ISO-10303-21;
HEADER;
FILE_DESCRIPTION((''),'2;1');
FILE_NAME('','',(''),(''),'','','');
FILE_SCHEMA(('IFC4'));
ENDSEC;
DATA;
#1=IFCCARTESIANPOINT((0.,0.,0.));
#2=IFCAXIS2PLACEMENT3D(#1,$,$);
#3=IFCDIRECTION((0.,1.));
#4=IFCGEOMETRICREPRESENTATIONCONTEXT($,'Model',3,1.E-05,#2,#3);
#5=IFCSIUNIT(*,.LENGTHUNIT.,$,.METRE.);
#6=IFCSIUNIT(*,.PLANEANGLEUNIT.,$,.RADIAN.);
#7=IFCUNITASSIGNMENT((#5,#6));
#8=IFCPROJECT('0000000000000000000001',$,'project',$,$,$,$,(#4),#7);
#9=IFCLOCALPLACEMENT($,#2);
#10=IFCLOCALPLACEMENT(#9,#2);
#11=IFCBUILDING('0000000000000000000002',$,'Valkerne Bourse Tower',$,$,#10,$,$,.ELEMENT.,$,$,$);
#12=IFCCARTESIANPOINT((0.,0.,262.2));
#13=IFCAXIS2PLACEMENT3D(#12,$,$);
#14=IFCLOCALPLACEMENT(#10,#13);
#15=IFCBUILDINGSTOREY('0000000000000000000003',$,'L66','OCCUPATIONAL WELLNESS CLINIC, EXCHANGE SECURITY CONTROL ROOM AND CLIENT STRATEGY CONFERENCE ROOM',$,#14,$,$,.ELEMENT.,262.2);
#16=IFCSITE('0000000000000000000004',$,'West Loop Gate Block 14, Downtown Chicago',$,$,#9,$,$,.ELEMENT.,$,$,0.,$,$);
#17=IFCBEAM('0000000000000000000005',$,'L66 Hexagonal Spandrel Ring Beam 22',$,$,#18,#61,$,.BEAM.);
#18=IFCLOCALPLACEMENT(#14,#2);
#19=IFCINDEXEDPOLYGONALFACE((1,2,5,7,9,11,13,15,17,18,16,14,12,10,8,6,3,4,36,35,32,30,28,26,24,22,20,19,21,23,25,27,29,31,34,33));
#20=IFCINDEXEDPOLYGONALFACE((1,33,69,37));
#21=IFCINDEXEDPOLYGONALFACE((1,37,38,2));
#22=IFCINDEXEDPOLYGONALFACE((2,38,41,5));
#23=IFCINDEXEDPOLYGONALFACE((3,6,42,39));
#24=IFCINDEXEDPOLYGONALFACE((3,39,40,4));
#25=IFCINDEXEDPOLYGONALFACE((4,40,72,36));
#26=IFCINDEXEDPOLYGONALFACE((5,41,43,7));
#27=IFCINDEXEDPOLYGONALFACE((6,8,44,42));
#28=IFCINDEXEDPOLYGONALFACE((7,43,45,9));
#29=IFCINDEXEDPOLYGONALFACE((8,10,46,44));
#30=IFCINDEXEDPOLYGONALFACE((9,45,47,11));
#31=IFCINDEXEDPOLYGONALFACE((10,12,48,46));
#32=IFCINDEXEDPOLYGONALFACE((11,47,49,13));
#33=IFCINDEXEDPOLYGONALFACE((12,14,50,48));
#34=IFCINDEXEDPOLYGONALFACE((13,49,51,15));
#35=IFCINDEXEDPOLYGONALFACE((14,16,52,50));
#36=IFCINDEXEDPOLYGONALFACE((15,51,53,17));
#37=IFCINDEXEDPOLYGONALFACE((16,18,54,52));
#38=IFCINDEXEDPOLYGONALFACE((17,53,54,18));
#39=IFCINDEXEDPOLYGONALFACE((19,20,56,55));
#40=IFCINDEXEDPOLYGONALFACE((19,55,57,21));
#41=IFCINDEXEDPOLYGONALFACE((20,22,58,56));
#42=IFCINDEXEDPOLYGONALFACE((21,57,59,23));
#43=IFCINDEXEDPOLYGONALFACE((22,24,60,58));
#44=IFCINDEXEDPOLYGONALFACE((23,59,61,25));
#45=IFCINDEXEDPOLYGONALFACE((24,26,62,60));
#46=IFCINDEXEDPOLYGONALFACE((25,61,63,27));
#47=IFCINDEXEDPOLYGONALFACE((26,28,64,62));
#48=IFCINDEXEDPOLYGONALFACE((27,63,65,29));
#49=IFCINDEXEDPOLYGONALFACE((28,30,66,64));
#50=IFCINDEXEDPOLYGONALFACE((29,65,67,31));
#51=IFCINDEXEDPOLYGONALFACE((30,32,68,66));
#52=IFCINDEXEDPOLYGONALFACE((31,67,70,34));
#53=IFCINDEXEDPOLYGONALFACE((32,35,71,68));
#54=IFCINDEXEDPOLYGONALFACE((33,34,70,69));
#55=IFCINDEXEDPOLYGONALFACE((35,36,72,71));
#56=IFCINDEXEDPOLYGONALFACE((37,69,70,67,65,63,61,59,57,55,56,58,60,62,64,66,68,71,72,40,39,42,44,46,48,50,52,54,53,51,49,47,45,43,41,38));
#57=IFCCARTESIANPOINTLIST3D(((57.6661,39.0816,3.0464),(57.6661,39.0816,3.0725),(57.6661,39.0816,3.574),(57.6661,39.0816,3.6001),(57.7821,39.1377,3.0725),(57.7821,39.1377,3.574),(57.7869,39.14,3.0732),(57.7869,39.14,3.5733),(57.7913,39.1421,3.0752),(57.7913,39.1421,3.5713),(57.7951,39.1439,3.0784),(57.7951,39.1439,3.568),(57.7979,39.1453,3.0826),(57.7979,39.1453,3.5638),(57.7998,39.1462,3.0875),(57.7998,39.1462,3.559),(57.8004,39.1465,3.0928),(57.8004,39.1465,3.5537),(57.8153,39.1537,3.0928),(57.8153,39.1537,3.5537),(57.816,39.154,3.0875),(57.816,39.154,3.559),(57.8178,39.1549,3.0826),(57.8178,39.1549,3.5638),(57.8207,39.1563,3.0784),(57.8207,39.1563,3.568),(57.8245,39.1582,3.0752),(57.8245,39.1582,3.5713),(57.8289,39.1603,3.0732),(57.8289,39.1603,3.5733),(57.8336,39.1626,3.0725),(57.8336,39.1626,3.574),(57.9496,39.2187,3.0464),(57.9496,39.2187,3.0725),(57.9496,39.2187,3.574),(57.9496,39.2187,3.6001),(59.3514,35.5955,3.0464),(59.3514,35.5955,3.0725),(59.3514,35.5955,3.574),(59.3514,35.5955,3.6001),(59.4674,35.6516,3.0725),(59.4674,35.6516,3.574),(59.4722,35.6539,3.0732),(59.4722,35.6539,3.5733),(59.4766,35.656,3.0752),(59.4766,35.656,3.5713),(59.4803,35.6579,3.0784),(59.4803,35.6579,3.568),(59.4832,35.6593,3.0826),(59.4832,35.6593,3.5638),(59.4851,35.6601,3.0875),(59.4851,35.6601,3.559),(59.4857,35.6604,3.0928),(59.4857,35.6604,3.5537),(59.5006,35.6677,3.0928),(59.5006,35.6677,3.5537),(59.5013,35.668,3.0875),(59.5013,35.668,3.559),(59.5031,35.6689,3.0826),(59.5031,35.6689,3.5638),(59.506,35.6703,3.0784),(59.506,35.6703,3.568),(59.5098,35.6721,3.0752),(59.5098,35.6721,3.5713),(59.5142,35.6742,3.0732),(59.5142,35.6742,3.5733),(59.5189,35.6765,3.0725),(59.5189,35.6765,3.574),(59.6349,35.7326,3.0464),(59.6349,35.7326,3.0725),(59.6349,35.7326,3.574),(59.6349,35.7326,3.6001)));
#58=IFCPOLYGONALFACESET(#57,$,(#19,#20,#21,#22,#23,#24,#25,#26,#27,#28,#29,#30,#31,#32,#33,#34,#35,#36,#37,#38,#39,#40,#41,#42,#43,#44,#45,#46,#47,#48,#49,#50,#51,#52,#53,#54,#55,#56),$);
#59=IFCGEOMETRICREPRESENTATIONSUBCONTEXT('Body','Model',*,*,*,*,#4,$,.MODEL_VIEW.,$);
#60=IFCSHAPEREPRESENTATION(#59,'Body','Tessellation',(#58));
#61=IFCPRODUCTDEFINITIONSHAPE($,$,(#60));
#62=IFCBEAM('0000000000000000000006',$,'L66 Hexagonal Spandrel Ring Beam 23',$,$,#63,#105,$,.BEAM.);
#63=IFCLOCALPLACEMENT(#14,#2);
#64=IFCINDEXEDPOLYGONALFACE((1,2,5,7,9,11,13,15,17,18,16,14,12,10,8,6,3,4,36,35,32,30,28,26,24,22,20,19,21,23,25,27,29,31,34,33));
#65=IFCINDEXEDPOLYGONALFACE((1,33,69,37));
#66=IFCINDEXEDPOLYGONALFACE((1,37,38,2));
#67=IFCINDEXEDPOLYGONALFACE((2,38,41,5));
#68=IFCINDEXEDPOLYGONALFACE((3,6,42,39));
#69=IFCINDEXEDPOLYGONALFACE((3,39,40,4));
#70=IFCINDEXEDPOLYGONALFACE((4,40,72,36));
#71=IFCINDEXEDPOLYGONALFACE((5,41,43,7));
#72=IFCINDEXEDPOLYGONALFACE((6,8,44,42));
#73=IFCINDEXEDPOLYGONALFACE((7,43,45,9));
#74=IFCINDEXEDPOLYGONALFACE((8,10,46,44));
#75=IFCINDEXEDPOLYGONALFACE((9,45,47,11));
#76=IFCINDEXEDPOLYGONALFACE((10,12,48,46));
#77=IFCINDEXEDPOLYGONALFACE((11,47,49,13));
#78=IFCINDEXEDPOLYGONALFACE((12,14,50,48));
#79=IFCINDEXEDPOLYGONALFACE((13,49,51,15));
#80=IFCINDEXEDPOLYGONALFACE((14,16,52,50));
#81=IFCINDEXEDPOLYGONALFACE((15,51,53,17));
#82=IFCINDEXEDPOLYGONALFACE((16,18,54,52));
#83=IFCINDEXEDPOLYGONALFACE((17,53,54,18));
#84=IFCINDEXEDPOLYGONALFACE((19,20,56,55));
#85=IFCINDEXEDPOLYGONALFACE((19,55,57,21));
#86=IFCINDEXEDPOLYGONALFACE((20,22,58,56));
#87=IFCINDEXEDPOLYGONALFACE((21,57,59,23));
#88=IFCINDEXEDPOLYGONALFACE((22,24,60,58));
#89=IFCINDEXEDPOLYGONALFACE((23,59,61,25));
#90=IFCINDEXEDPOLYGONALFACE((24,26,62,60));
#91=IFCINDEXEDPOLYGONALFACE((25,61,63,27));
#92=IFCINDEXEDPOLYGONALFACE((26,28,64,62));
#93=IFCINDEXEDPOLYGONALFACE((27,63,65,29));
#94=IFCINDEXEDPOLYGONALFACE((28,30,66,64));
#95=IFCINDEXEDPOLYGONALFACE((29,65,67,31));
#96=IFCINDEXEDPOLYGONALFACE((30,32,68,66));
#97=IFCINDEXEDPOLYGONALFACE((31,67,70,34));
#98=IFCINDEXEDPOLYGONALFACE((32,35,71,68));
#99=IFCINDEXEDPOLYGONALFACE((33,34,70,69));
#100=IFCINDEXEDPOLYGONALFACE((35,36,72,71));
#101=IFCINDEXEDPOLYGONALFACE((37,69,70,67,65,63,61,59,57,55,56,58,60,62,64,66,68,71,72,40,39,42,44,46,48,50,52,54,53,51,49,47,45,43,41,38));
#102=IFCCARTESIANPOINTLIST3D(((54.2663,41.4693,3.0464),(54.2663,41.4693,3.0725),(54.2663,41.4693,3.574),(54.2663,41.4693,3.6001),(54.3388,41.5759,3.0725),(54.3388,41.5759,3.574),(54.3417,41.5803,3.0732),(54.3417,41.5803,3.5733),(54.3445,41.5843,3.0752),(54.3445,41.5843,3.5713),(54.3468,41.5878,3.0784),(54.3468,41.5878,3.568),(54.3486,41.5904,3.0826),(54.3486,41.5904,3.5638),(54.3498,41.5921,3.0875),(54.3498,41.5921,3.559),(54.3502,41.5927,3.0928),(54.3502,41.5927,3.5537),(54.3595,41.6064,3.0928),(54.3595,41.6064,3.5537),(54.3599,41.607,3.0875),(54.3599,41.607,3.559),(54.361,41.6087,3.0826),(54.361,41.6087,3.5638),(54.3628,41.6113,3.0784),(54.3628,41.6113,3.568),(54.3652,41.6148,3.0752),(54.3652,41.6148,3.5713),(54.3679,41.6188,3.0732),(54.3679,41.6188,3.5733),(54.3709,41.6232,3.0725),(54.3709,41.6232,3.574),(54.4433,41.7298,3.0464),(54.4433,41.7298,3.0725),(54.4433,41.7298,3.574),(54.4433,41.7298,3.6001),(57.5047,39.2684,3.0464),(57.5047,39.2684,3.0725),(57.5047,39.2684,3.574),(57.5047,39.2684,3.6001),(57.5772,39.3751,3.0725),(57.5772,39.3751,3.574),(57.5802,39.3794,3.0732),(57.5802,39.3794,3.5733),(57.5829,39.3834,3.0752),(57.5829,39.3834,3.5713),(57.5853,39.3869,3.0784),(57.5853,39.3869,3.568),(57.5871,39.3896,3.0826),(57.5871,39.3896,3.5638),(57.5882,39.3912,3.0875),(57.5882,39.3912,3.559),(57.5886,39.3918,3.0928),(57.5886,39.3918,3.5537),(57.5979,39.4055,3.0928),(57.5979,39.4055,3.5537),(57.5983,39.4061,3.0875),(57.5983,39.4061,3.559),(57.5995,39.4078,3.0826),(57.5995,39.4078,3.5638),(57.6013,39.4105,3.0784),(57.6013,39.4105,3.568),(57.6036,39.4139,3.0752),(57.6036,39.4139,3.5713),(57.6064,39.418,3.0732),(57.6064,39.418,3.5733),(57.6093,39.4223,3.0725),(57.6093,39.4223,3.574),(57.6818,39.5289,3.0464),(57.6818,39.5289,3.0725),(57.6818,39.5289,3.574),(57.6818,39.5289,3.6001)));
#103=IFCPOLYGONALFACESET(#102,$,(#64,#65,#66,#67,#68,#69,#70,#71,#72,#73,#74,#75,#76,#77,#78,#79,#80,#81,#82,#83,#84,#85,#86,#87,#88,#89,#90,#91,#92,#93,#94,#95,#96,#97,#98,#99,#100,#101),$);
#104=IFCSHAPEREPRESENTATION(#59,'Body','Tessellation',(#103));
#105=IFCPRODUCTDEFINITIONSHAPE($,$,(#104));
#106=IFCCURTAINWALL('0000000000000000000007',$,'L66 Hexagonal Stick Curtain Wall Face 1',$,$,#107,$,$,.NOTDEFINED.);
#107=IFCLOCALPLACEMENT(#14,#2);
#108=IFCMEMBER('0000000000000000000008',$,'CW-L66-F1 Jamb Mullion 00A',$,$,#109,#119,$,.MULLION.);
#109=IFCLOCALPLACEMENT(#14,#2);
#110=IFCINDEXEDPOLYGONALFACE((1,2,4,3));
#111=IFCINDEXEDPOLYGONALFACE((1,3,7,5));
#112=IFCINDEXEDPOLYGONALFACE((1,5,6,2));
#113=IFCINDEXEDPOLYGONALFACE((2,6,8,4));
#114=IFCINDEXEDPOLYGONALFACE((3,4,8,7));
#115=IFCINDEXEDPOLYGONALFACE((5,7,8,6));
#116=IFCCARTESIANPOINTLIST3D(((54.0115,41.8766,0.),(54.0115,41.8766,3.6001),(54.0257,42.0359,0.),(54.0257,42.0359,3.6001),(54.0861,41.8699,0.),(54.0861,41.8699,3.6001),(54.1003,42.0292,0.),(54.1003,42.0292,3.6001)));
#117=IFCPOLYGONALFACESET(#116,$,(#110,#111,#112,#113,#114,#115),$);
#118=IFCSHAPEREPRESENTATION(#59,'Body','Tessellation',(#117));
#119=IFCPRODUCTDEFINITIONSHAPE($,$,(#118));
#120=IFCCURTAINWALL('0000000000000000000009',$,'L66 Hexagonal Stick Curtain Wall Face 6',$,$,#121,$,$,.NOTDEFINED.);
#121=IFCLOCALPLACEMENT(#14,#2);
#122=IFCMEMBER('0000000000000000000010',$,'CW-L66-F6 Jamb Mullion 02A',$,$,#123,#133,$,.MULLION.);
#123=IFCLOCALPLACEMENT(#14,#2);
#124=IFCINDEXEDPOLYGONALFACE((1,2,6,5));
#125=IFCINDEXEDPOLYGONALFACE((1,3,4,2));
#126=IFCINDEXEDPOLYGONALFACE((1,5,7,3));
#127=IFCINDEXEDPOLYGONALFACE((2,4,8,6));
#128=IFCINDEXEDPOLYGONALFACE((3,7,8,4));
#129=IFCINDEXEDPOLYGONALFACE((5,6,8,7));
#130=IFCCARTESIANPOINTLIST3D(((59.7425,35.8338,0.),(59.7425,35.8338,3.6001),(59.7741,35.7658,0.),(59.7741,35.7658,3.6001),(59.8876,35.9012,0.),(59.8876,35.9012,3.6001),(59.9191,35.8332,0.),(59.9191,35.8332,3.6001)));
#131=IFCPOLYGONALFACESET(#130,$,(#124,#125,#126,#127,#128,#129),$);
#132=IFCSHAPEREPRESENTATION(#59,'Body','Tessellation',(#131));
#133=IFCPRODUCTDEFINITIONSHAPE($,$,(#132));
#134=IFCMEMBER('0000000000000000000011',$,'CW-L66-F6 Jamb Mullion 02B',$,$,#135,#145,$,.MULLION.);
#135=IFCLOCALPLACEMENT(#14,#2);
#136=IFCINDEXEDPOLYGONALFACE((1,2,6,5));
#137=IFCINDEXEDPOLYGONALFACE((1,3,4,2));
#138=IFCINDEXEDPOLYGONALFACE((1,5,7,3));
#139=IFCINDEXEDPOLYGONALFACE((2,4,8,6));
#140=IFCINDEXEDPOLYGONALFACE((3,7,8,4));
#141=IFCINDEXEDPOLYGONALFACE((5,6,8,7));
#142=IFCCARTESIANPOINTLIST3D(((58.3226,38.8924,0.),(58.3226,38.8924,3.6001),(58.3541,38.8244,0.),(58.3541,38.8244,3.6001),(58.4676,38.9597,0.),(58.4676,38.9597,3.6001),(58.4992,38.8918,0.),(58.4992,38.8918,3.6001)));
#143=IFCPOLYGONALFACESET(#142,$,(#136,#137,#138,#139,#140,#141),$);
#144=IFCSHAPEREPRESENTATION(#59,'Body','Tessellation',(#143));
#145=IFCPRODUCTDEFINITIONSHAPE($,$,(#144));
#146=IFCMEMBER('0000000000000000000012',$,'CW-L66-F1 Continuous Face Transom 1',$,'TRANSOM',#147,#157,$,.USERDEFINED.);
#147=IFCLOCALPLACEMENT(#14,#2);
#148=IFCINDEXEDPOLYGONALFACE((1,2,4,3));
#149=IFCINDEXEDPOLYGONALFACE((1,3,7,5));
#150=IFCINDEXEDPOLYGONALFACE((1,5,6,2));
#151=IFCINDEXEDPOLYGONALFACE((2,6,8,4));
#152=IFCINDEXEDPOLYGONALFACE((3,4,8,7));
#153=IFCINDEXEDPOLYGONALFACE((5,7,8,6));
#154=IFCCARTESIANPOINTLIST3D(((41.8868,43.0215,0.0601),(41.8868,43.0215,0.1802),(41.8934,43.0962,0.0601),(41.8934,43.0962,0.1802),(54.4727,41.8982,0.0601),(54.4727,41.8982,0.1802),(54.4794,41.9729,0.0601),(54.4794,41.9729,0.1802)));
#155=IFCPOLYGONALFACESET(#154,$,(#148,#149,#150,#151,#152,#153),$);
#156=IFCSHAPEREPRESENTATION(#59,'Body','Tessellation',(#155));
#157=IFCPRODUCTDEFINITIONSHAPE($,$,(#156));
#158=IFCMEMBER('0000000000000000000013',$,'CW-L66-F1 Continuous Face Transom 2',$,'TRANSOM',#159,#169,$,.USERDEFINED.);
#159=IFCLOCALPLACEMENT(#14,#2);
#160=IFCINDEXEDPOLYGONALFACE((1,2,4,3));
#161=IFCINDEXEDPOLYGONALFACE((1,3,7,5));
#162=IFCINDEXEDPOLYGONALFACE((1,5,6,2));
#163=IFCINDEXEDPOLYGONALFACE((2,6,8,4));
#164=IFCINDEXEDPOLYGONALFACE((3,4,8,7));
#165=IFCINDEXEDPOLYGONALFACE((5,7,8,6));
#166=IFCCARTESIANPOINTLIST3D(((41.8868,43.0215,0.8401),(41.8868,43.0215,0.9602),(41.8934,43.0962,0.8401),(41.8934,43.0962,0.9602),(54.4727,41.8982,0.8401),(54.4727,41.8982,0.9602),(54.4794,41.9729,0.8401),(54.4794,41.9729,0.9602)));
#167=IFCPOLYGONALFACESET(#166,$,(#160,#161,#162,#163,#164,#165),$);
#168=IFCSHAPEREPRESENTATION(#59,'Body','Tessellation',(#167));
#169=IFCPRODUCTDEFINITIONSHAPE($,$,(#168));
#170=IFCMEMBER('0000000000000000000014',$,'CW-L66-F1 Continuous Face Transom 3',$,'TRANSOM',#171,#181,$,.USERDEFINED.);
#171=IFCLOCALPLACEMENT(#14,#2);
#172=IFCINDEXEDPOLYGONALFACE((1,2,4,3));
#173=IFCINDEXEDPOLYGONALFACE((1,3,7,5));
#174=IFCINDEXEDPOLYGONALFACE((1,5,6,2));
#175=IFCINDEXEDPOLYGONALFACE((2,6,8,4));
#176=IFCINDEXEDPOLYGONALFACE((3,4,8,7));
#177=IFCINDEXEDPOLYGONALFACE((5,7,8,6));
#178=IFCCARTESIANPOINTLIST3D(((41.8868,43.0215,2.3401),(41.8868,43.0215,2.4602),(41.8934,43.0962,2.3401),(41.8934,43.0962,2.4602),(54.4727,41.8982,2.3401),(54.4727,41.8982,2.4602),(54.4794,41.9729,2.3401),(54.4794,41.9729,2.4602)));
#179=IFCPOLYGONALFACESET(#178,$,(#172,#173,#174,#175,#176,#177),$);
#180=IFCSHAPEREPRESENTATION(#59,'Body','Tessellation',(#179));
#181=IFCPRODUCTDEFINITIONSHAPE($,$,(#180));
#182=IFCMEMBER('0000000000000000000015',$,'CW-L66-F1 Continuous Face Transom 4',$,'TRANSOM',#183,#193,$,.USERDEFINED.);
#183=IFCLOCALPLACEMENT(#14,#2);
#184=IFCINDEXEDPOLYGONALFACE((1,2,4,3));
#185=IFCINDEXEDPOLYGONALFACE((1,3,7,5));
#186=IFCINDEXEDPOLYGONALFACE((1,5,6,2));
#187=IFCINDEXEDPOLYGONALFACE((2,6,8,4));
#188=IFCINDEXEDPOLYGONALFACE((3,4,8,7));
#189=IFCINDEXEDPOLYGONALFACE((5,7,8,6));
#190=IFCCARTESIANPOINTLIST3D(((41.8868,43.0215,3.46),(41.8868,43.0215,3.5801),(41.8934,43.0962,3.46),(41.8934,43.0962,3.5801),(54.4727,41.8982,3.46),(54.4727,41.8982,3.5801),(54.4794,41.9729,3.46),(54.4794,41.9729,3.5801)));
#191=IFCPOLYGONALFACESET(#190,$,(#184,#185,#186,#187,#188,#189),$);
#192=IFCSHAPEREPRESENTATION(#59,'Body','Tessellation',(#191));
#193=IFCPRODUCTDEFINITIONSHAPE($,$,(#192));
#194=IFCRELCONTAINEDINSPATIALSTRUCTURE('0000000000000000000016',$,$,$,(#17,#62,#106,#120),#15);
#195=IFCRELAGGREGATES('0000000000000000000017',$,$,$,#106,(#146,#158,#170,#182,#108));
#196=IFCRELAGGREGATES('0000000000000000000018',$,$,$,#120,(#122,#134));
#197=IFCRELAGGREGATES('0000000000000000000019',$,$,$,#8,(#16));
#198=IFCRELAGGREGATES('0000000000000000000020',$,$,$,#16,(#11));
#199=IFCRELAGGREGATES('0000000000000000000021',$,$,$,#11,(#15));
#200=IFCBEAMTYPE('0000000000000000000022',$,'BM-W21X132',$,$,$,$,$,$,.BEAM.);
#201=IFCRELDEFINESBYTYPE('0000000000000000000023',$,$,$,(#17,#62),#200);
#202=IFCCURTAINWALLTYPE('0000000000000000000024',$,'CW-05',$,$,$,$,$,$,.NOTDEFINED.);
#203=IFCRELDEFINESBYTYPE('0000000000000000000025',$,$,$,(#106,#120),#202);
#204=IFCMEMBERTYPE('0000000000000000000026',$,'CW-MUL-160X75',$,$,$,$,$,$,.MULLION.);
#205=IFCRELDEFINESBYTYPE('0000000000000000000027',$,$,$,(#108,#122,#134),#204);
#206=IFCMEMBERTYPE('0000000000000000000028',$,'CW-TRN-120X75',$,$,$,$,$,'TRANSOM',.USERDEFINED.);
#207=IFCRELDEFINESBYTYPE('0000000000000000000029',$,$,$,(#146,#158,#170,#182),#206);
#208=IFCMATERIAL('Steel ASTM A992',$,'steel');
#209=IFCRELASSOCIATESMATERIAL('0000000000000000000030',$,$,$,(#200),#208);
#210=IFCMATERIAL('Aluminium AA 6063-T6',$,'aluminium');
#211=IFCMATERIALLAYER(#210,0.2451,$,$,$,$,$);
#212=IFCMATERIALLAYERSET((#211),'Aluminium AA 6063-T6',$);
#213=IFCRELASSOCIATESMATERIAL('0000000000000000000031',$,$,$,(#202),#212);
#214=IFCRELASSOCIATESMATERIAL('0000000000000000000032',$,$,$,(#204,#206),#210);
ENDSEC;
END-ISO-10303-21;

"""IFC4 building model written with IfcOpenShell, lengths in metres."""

from ifc_helpers import new_model, si_unit, direction, frame, origin, origin_2d, place, context, subcontext, project, spatial, rectangle, i_section, extrude, material, layer, layer_set, material_profile, profile_set, type_object, element, aggregate, save


model = new_model("IFC4")

# Units and contexts
model_context = context("Model", 3, precision=1e-05, world=origin(), true_north=direction((0.0, 1.0)))
body_context = subcontext(model_context, "Body", "Model", "MODEL_VIEW")
ifc_project = project(units=[si_unit("LENGTHUNIT", "METRE"), si_unit("PLANEANGLEUNIT", "RADIAN")], contexts=[model_context])

# Site, building, storey
site_placement = place(None, origin())
site = spatial("IfcSite", under=ifc_project, at=site_placement, Name="West Loop Gate Block 14, Downtown Chicago", CompositionType="ELEMENT", RefElevation=0.0)
building_placement = place(site_placement, origin())
building = spatial("IfcBuilding", under=site, at=building_placement, Name="Valkerne Bourse Tower", CompositionType="ELEMENT")
storey_placement = place(building_placement, frame((0.0, 0.0, 262.2)))
storey = spatial("IfcBuildingStorey", under=building, at=storey_placement, Name="L66", Description="OCCUPATIONAL WELLNESS CLINIC, EXCHANGE SECURITY CONTROL ROOM AND CLIENT STRATEGY CONFERENCE ROOM", CompositionType="ELEMENT", Elevation=262.2)

# Beams
ifc_material_1 = material(Name="Steel ASTM A992", Category="steel")
ifc_material_profile_1 = material_profile(ifc_material_1, i_section(OverallWidth=0.3149, OverallDepth=0.5537, WebThickness=0.0166, FlangeThickness=0.0261, FilletRadius=0.0203, at=origin_2d()), Name="W21X132")
ifc_profile_set_1 = profile_set([ifc_material_profile_1], Name="Steel ASTM A992")
beam_type = type_object("IfcBeamType", Name="BM-W21X132", PredefinedType="BEAM", material=ifc_profile_set_1)
for number, where, z_axis, x_axis, name in (
    (1, (59.4932, 35.6641, 3.3232), (-0.435244, 0.900312, 0.0), (-0.900312, -0.435244, 0.0), "L66 Hexagonal Spandrel Ring Beam 22"),
):
    element("IfcBeam", number, at=place(storey_placement, frame(where, z_axis=z_axis, x_axis=x_axis)), inside=storey, type_object=beam_type, Name=name, PredefinedType="BEAM", context=body_context, shape_type="SweptSolid", body=[
        extrude(i_section(OverallWidth=0.3149, OverallDepth=0.5537, WebThickness=0.0166, FlangeThickness=0.0261, FilletRadius=0.0203, at=origin_2d()), origin(), (0.0, 0.0, 1.0), 3.8721),
    ])
beam_placement = place(storey_placement, frame((57.5933, 39.3987, 3.3232), z_axis=(-0.827077, 0.562088, 0.0), x_axis=(-0.562088, -0.827077, 0.0)))
element("IfcBeam", 2, at=beam_placement, inside=storey, type_object=beam_type, Name="L66 Hexagonal Spandrel Ring Beam 23", PredefinedType="BEAM", context=body_context, shape_type="SweptSolid", body=[
    extrude(i_section(OverallWidth=0.3149, OverallDepth=0.5537, WebThickness=0.0166, FlangeThickness=0.0261, FilletRadius=0.0203, at=origin_2d()), origin(), (0.0, 0.0, 1.0), 3.9155),
])

# Curtain wall, member
ifc_material_2 = material(Name="Aluminium AA 6063-T6", Category="aluminium")
ifc_layer_1 = layer(ifc_material_2, 0.2451)
ifc_layer_set_1 = layer_set([ifc_layer_1], Name="Aluminium AA 6063-T6")
curtain_wall_type = type_object("IfcCurtainWallType", Name="CW-05", PredefinedType="NOTDEFINED", material=ifc_layer_set_1)
curtain_wall_1_placement = place(storey_placement, origin())
curtain_wall_1 = element("IfcCurtainWall", 3, at=curtain_wall_1_placement, inside=storey, type_object=curtain_wall_type, Name="L66 Hexagonal Stick Curtain Wall Face 1", PredefinedType="NOTDEFINED")
ifc_material_profile_2 = material_profile(ifc_material_2, rectangle(XDim=0.075, YDim=0.1599, at=origin_2d()), Name="CWM-75X160")
ifc_profile_set_2 = profile_set([ifc_material_profile_2], Name="Aluminium AA 6063-T6")
member_type_1 = type_object("IfcMemberType", Name="CW-MUL-160X75", PredefinedType="MULLION", material=ifc_profile_set_2)
member_1_placement = place(storey_placement, frame((54.0559, 41.9529, 0.0), z_axis=(0.0, 0.0, 1.0), x_axis=(-0.99604, 0.088911, 0.0)))
member_1 = element("IfcMember", 4, at=member_1_placement, type_object=member_type_1, Name="CW-L66-F1 Jamb Mullion 00A", PredefinedType="MULLION", context=body_context, shape_type="SweptSolid", body=[
    extrude(rectangle(XDim=0.075, YDim=0.1599, at=origin_2d()), origin(), (0.0, 0.0, 1.0), 3.6001),
])

# Curtain wall, members
curtain_wall_2_placement = place(storey_placement, origin())
curtain_wall_2 = element("IfcCurtainWall", 5, at=curtain_wall_2_placement, inside=storey, type_object=curtain_wall_type, Name="L66 Hexagonal Stick Curtain Wall Face 6", PredefinedType="NOTDEFINED")
member_2_placement = place(storey_placement, frame((59.8308, 35.8335, 0.0), z_axis=(0.0, 0.0, 1.0), x_axis=(-0.421042, 0.907041, 0.0)))
member_2 = element("IfcMember", 6, at=member_2_placement, type_object=member_type_1, Name="CW-L66-F6 Jamb Mullion 02A", PredefinedType="MULLION", context=body_context, shape_type="SweptSolid", body=[
    extrude(rectangle(XDim=0.075, YDim=0.1599, at=origin_2d()), origin(), (0.0, 0.0, 1.0), 3.6001),
])
member_3_placement = place(storey_placement, frame((58.4109, 38.8921, 0.0), z_axis=(0.0, 0.0, 1.0), x_axis=(-0.421042, 0.907041, 0.0)))
member_3 = element("IfcMember", 7, at=member_3_placement, type_object=member_type_1, Name="CW-L66-F6 Jamb Mullion 02B", PredefinedType="MULLION", context=body_context, shape_type="SweptSolid", body=[
    extrude(rectangle(XDim=0.075, YDim=0.1599, at=origin_2d()), origin(), (0.0, 0.0, 1.0), 3.6001),
])

# Members
ifc_material_profile_3 = material_profile(ifc_material_2, rectangle(XDim=0.075, YDim=0.1201, at=origin_2d()), Name="CWT-75X120")
ifc_profile_set_3 = profile_set([ifc_material_profile_3], Name="Aluminium AA 6063-T6")
member_type_2 = type_object("IfcMemberType", Name="CW-TRN-120X75", ElementType="TRANSOM", PredefinedType="USERDEFINED", material=ifc_profile_set_3)
member_4_placement = place(storey_placement, frame((54.4761, 41.9355, 0.1201), z_axis=(-0.996041, 0.088896, 0.0), x_axis=(-0.088896, -0.996041, 0.0)))
member_4 = element("IfcMember", 8, at=member_4_placement, type_object=member_type_2, Name="CW-L66-F1 Continuous Face Transom 1", ObjectType="TRANSOM", PredefinedType="USERDEFINED", context=body_context, shape_type="SweptSolid", body=[
    extrude(rectangle(XDim=0.075, YDim=0.1201, at=origin_2d()), origin(), (0.0, 0.0, 1.0), 12.636),
])
member_5_placement = place(storey_placement, frame((54.4761, 41.9355, 0.9001), z_axis=(-0.996041, 0.088896, 0.0), x_axis=(-0.088896, -0.996041, 0.0)))
member_5 = element("IfcMember", 9, at=member_5_placement, type_object=member_type_2, Name="CW-L66-F1 Continuous Face Transom 2", ObjectType="TRANSOM", PredefinedType="USERDEFINED", context=body_context, shape_type="SweptSolid", body=[
    extrude(rectangle(XDim=0.075, YDim=0.1201, at=origin_2d()), origin(), (0.0, 0.0, 1.0), 12.636),
])
member_6_placement = place(storey_placement, frame((54.4761, 41.9355, 2.4001), z_axis=(-0.996041, 0.088896, 0.0), x_axis=(-0.088896, -0.996041, 0.0)))
member_6 = element("IfcMember", 10, at=member_6_placement, type_object=member_type_2, Name="CW-L66-F1 Continuous Face Transom 3", ObjectType="TRANSOM", PredefinedType="USERDEFINED", context=body_context, shape_type="SweptSolid", body=[
    extrude(rectangle(XDim=0.075, YDim=0.1201, at=origin_2d()), origin(), (0.0, 0.0, 1.0), 12.636),
])
member_7_placement = place(storey_placement, frame((54.4761, 41.9355, 3.52), z_axis=(-0.996041, 0.088896, 0.0), x_axis=(-0.088896, -0.996041, 0.0)))
member_7 = element("IfcMember", 11, at=member_7_placement, type_object=member_type_2, Name="CW-L66-F1 Continuous Face Transom 4", ObjectType="TRANSOM", PredefinedType="USERDEFINED", context=body_context, shape_type="SweptSolid", body=[
    extrude(rectangle(XDim=0.075, YDim=0.1201, at=origin_2d()), origin(), (0.0, 0.0, 1.0), 12.636),
])

aggregate(curtain_wall_1, [member_4, member_5, member_6, member_7, member_1])
aggregate(curtain_wall_2, [member_2, member_3])

save(model, "model.ifc")
